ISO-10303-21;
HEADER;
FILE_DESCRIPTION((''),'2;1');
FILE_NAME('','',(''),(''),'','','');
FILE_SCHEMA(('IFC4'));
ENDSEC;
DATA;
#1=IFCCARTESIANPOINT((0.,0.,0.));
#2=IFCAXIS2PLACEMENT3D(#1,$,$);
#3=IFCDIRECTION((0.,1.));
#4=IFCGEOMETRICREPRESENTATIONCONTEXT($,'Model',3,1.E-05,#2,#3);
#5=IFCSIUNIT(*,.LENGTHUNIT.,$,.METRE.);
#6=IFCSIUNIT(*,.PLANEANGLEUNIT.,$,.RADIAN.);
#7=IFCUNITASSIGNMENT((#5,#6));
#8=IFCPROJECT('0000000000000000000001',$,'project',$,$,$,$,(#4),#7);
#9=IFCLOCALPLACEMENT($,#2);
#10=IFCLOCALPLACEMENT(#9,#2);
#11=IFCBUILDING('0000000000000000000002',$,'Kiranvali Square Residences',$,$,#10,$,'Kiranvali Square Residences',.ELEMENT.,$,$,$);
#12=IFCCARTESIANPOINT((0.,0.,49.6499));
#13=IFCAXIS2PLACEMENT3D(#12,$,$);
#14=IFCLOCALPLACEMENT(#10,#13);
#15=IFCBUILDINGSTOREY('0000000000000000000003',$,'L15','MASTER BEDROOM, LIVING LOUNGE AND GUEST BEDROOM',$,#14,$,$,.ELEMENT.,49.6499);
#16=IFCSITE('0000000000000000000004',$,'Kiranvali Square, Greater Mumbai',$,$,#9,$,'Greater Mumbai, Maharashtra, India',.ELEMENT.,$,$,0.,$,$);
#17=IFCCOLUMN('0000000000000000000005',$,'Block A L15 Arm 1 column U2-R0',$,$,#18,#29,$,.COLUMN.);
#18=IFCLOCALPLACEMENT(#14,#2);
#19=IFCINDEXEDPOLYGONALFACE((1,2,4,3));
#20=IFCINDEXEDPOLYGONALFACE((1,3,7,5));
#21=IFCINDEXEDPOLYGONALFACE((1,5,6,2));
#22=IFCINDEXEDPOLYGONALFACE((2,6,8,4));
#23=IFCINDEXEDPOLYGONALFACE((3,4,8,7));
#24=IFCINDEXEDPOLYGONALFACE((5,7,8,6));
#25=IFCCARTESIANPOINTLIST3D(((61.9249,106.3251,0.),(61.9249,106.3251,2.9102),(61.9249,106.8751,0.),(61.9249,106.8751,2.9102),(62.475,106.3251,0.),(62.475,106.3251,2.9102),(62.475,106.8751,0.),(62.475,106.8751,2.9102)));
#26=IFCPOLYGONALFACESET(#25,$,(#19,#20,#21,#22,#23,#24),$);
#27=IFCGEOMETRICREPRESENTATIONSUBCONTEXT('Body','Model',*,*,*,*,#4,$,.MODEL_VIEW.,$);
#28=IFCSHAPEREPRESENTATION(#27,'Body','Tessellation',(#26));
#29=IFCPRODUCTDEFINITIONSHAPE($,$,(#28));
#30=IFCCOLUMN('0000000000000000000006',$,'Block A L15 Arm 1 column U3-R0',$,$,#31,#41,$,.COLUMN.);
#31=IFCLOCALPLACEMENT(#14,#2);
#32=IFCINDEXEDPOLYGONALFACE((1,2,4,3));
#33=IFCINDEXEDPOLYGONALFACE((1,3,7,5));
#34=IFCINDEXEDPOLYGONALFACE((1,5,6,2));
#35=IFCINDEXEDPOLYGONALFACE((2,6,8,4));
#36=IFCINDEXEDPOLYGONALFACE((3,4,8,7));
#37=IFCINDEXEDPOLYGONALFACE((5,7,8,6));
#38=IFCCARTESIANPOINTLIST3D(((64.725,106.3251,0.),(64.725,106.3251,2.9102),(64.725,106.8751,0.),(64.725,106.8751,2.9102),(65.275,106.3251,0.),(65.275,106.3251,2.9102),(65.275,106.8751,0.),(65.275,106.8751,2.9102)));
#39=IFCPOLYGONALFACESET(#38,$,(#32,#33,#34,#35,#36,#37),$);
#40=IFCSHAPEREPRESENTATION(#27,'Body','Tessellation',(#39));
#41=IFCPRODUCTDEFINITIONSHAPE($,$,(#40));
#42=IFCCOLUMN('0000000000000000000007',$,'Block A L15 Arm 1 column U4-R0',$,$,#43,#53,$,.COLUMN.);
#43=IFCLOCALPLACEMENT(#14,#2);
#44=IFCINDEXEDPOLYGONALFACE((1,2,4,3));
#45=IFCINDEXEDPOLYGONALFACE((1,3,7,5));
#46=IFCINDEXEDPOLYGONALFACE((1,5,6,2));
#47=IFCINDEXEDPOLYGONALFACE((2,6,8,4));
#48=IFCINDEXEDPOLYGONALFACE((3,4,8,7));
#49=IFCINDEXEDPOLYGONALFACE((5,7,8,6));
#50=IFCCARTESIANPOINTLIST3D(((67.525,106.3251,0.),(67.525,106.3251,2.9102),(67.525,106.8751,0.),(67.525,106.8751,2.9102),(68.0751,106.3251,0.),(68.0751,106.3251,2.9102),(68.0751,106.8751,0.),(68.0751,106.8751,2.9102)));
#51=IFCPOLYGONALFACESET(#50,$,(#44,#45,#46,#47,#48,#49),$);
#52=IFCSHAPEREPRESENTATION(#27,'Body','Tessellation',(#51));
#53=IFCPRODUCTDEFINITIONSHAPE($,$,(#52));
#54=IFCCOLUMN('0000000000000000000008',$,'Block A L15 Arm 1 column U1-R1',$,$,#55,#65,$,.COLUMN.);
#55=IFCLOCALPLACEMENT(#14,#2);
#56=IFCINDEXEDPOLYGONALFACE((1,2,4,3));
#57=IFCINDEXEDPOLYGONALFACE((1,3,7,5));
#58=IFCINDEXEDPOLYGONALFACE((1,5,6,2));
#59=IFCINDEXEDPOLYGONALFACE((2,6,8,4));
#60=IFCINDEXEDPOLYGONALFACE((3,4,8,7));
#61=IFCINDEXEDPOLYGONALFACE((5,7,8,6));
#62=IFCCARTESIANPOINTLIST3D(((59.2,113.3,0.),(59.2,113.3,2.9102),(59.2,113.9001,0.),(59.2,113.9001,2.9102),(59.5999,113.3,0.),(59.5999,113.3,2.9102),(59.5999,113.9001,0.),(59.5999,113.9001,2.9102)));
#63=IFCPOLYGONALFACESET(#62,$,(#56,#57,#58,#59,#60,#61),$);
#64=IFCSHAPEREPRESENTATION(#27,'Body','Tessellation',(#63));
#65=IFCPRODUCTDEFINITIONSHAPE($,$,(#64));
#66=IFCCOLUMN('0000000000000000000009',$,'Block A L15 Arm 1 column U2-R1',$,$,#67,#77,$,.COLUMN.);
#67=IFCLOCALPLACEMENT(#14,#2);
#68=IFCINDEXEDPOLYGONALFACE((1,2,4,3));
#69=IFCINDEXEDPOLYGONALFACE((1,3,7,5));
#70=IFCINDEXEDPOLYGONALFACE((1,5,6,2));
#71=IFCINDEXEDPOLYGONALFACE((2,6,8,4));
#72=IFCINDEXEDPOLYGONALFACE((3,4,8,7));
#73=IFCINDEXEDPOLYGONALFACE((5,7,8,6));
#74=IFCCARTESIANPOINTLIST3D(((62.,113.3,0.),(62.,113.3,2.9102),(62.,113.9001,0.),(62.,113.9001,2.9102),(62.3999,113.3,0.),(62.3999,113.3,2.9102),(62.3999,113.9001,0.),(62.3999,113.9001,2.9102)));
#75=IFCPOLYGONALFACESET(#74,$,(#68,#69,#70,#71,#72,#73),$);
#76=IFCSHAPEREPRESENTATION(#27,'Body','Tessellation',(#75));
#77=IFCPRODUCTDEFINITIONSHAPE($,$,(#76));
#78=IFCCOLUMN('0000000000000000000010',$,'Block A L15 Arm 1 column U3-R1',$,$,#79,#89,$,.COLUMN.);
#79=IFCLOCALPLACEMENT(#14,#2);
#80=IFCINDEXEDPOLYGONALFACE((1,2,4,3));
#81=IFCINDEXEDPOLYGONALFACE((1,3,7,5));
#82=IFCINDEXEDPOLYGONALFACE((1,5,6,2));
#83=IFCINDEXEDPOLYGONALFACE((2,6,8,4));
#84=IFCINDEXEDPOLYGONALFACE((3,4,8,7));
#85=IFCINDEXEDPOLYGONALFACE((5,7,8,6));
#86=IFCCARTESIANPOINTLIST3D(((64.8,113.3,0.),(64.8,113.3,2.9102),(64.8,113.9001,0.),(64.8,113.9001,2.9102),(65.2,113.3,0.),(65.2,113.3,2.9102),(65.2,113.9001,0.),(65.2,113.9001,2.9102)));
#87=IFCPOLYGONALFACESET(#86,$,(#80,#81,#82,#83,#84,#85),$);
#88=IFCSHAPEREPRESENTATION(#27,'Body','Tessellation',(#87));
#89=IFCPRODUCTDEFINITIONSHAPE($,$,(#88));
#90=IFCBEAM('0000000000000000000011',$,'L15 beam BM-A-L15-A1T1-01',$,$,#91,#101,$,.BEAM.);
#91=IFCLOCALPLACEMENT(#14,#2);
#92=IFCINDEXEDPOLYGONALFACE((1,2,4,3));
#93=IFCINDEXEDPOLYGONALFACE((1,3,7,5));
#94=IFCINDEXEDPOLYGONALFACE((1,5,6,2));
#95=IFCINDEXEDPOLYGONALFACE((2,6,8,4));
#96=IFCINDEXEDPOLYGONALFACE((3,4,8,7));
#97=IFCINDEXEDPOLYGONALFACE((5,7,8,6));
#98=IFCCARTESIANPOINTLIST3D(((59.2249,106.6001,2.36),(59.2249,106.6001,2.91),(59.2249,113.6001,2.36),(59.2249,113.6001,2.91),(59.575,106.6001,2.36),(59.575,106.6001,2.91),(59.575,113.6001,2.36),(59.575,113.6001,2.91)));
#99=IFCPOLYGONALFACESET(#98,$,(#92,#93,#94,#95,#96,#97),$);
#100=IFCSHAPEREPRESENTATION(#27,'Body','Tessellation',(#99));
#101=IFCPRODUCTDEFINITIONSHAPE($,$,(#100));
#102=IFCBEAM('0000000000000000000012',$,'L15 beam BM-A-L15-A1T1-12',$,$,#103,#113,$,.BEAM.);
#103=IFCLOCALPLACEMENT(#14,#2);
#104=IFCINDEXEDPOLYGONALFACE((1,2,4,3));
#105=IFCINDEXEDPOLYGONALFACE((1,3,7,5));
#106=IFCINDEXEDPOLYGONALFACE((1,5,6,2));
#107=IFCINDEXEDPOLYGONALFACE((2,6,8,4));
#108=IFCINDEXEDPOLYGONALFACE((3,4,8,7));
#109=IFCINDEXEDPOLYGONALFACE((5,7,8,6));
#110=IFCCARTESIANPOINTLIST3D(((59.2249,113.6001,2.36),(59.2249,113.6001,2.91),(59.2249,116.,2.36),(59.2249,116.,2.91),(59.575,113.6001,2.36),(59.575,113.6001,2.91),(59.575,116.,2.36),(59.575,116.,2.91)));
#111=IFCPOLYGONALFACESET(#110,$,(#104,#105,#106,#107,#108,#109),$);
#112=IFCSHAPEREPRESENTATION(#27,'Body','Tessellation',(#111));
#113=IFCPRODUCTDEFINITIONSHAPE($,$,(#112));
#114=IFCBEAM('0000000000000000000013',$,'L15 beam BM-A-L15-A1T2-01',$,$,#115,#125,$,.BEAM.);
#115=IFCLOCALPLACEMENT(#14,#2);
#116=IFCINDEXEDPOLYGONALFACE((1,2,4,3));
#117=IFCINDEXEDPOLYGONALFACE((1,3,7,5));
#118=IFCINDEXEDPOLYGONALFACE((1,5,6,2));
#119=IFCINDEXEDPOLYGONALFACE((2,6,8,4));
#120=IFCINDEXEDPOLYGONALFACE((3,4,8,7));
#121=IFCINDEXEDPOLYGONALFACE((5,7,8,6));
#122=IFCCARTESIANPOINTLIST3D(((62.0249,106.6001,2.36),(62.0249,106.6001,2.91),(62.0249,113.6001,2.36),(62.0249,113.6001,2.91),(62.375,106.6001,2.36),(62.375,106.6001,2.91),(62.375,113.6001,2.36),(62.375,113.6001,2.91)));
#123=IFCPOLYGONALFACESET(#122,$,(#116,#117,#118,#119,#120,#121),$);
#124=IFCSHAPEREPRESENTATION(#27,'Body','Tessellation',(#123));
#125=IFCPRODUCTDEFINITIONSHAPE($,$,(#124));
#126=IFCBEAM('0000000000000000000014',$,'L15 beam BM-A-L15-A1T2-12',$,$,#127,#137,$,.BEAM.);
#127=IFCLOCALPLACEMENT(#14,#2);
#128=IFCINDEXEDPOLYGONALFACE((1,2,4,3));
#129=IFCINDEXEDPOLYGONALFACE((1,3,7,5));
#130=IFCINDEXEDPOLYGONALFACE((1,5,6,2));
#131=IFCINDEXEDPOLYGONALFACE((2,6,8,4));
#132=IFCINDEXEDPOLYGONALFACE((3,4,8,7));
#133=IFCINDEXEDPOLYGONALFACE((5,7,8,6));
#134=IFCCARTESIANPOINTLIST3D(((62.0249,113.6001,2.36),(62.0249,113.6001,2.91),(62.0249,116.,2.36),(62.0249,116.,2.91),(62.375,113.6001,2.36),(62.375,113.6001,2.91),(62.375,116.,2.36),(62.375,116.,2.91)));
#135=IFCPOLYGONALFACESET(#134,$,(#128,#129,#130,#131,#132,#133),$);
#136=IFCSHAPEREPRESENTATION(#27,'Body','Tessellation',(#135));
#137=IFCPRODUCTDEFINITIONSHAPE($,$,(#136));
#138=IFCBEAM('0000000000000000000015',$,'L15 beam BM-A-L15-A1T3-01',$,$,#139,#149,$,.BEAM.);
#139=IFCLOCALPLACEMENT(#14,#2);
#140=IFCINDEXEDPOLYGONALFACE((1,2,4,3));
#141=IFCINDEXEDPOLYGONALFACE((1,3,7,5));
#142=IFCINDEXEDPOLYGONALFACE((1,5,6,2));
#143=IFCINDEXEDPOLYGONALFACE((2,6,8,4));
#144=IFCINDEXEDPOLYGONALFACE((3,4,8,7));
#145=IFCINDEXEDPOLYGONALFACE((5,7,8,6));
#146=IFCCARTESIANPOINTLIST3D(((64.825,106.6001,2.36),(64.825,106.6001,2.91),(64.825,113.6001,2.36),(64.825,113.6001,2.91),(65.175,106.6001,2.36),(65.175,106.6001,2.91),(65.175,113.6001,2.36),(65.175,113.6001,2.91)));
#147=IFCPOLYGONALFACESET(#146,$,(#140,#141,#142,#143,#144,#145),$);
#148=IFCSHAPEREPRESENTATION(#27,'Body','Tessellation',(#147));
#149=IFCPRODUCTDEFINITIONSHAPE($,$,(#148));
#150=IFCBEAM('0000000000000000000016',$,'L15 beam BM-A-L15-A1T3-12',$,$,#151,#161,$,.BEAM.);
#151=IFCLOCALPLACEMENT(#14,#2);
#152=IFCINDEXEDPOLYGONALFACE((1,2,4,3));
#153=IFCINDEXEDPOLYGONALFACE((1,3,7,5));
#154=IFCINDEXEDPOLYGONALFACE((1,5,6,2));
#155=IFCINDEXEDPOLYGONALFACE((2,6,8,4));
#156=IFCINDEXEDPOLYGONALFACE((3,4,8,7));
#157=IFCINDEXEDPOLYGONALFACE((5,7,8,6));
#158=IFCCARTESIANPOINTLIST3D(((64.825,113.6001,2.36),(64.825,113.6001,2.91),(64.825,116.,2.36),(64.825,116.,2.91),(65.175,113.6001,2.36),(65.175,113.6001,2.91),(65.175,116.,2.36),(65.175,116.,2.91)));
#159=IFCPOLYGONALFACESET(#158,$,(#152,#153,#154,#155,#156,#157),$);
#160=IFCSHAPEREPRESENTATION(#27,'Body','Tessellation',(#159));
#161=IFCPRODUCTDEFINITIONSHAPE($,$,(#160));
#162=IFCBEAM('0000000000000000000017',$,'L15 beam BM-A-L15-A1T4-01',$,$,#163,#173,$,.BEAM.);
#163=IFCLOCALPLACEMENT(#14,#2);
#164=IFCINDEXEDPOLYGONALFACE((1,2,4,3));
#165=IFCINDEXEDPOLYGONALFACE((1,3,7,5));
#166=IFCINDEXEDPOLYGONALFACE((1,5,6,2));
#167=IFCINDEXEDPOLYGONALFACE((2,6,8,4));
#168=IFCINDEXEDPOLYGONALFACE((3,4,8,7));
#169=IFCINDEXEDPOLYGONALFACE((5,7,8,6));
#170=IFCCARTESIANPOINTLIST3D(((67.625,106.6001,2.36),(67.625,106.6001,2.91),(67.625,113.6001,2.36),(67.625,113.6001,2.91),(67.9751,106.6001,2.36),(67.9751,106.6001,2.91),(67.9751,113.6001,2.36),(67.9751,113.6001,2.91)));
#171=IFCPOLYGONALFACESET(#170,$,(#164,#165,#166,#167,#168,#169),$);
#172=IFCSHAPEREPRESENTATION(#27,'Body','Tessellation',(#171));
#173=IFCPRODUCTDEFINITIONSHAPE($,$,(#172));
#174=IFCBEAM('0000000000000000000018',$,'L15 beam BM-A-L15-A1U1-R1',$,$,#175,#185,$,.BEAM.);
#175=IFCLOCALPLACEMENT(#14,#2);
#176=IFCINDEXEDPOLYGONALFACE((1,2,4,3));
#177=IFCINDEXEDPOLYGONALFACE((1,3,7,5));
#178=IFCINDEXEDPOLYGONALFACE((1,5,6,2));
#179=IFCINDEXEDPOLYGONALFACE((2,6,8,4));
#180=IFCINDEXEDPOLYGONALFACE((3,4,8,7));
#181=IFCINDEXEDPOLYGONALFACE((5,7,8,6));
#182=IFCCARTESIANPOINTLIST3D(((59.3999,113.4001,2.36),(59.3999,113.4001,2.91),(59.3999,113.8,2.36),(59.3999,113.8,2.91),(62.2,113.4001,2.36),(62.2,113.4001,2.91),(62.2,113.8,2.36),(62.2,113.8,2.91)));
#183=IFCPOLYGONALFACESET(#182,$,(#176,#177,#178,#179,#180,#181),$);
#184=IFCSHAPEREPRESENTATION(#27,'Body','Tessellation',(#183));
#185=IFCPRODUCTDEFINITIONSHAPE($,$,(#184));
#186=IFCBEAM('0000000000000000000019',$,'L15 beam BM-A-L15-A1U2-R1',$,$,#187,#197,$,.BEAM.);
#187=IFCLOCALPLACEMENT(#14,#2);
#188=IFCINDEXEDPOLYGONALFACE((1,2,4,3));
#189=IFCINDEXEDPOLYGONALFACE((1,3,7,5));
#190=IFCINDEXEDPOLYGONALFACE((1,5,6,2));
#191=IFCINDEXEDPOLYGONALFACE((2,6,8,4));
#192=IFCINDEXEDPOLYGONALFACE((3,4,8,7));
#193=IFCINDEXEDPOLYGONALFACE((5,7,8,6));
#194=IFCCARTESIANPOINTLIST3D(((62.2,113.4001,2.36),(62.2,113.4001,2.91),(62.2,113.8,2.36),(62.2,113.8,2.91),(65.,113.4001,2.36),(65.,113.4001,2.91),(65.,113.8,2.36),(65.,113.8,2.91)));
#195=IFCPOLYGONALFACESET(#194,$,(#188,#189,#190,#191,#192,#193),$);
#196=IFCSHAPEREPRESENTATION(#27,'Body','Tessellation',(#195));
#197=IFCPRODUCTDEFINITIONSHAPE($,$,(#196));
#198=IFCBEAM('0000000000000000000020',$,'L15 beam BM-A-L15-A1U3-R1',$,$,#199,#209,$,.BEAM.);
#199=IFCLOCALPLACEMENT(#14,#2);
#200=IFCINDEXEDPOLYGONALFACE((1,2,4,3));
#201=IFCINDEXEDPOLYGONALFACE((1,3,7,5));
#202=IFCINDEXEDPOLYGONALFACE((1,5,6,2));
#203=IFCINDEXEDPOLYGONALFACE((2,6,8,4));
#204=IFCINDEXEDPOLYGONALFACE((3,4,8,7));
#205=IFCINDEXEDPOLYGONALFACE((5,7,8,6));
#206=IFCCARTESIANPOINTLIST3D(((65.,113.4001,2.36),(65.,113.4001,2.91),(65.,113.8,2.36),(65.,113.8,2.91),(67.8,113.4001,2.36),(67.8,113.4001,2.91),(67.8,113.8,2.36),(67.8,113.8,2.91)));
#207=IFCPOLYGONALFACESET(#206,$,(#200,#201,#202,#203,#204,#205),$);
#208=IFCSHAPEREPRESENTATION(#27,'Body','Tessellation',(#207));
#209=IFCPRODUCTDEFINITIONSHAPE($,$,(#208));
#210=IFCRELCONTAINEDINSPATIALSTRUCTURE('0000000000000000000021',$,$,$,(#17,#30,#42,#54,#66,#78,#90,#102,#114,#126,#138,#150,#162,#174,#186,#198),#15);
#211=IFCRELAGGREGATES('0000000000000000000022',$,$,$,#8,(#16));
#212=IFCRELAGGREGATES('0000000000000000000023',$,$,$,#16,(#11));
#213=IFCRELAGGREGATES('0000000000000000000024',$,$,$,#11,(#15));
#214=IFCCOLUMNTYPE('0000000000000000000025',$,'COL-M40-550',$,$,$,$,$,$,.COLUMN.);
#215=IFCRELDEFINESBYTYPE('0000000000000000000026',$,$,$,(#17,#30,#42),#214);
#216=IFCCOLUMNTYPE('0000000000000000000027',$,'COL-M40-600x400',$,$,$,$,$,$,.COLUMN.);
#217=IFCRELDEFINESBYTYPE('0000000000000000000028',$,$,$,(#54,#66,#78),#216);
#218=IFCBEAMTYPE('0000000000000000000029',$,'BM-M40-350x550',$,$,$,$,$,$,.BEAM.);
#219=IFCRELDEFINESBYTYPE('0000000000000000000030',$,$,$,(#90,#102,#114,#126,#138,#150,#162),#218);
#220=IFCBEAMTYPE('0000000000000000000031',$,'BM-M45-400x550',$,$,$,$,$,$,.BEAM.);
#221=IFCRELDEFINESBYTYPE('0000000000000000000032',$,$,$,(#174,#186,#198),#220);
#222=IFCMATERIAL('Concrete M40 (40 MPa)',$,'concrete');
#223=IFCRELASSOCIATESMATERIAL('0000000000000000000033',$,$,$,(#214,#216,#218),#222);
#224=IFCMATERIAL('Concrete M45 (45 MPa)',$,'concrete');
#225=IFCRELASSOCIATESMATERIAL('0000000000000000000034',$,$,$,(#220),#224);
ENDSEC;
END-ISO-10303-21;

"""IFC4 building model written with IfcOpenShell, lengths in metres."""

from ifc_helpers import new_model, si_unit, direction, frame, origin, origin_2d, place, context, subcontext, project, spatial, rectangle, extrude, material, material_profile, profile_set, type_object, element, save


model = new_model("IFC4")

# Units and contexts
model_context = context("Model", 3, precision=1e-05, world=origin(), true_north=direction((0.0, 1.0)))
body_context = subcontext(model_context, "Body", "Model", "MODEL_VIEW")
ifc_project = project(units=[si_unit("LENGTHUNIT", "METRE"), si_unit("PLANEANGLEUNIT", "RADIAN")], contexts=[model_context])

# Site, building, storey
site_placement = place(None, origin())
site = spatial("IfcSite", under=ifc_project, at=site_placement, Name="Kiranvali Square, Greater Mumbai", LongName="Greater Mumbai, Maharashtra, India", CompositionType="ELEMENT", RefElevation=0.0)
building_placement = place(site_placement, origin())
building = spatial("IfcBuilding", under=site, at=building_placement, Name="Kiranvali Square Residences", LongName="Kiranvali Square Residences", CompositionType="ELEMENT")
storey_placement = place(building_placement, frame((0.0, 0.0, 49.6499)))
storey = spatial("IfcBuildingStorey", under=building, at=storey_placement, Name="L15", Description="MASTER BEDROOM, LIVING LOUNGE AND GUEST BEDROOM", CompositionType="ELEMENT", Elevation=49.6499)

# Columns
ifc_material_1 = material(Name="Concrete M40 (40 MPa)", Category="concrete")
ifc_material_profile_1 = material_profile(ifc_material_1, rectangle(XDim=0.55, YDim=0.55, at=origin_2d()), Name="RC 550x550")
ifc_profile_set_1 = profile_set([ifc_material_profile_1], Name="Concrete M40 (40 MPa)")
column_type_1 = type_object("IfcColumnType", Name="COL-M40-550", PredefinedType="COLUMN", material=ifc_profile_set_1)
for number, where, z_axis, x_axis, name in (
    (1, (62.2, 106.6001, 0.0), (0.0, 0.0, 1.0), (1.0, 0.0, 0.0), "Block A L15 Arm 1 column U2-R0"),
    (2, (65.0, 106.6001, 0.0), (0.0, 0.0, 1.0), (1.0, 0.0, 0.0), "Block A L15 Arm 1 column U3-R0"),
    (3, (67.8, 106.6001, 0.0), (0.0, 0.0, 1.0), (1.0, 0.0, 0.0), "Block A L15 Arm 1 column U4-R0"),
):
    element("IfcColumn", number, at=place(storey_placement, frame(where, z_axis=z_axis, x_axis=x_axis)), inside=storey, type_object=column_type_1, Name=name, PredefinedType="COLUMN", context=body_context, shape_type="SweptSolid", body=[
        extrude(rectangle(XDim=0.55, YDim=0.55, at=origin_2d()), origin(), (0.0, 0.0, 1.0), 2.9102),
    ])
ifc_material_profile_2 = material_profile(ifc_material_1, rectangle(XDim=0.3999, YDim=0.6001, at=origin_2d()), Name="RC 600x400")
ifc_profile_set_2 = profile_set([ifc_material_profile_2], Name="Concrete M40 (40 MPa)")
column_type_2 = type_object("IfcColumnType", Name="COL-M40-600x400", PredefinedType="COLUMN", material=ifc_profile_set_2)
for number, where, z_axis, x_axis, name in (
    (4, (59.3999, 113.6001, 0.0), (0.0, 0.0, 1.0), (1.0, 0.0, 0.0), "Block A L15 Arm 1 column U1-R1"),
    (5, (62.2, 113.6001, 0.0), (0.0, 0.0, 1.0), (1.0, 0.0, 0.0), "Block A L15 Arm 1 column U2-R1"),
    (6, (65.0, 113.6001, 0.0), (0.0, 0.0, 1.0), (1.0, 0.0, 0.0), "Block A L15 Arm 1 column U3-R1"),
):
    element("IfcColumn", number, at=place(storey_placement, frame(where, z_axis=z_axis, x_axis=x_axis)), inside=storey, type_object=column_type_2, Name=name, PredefinedType="COLUMN", context=body_context, shape_type="SweptSolid", body=[
        extrude(rectangle(XDim=0.3999, YDim=0.6001, at=origin_2d()), origin(), (0.0, 0.0, 1.0), 2.9102),
    ])

# Beams
ifc_material_profile_3 = material_profile(ifc_material_1, rectangle(XDim=0.3501, YDim=0.55, at=origin_2d()), Name="RC 350x550")
ifc_profile_set_3 = profile_set([ifc_material_profile_3], Name="Concrete M40 (40 MPa)")
beam_type_1 = type_object("IfcBeamType", Name="BM-M40-350x550", PredefinedType="BEAM", material=ifc_profile_set_3)
beam_1_placement = place(storey_placement, frame((59.3999, 106.6001, 2.635), z_axis=(0.0, 1.0, 0.0), x_axis=(-1.0, 0.0, 0.0)))
element("IfcBeam", 7, at=beam_1_placement, inside=storey, type_object=beam_type_1, Name="L15 beam BM-A-L15-A1T1-01", PredefinedType="BEAM", context=body_context, shape_type="SweptSolid", body=[
    extrude(rectangle(XDim=0.3501, YDim=0.55, at=origin_2d()), origin(), (0.0, 0.0, 1.0), 7.0),
])
beam_2_placement = place(storey_placement, frame((59.3999, 113.6001, 2.635), z_axis=(0.0, 1.0, 0.0), x_axis=(-1.0, 0.0, 0.0)))
element("IfcBeam", 8, at=beam_2_placement, inside=storey, type_object=beam_type_1, Name="L15 beam BM-A-L15-A1T1-12", PredefinedType="BEAM", context=body_context, shape_type="SweptSolid", body=[
    extrude(rectangle(XDim=0.3501, YDim=0.55, at=origin_2d()), origin(), (0.0, 0.0, 1.0), 2.3999),
])
beam_3_placement = place(storey_placement, frame((62.2, 106.6001, 2.635), z_axis=(0.0, 1.0, 0.0), x_axis=(-1.0, 0.0, 0.0)))
element("IfcBeam", 9, at=beam_3_placement, inside=storey, type_object=beam_type_1, Name="L15 beam BM-A-L15-A1T2-01", PredefinedType="BEAM", context=body_context, shape_type="SweptSolid", body=[
    extrude(rectangle(XDim=0.3501, YDim=0.55, at=origin_2d()), origin(), (0.0, 0.0, 1.0), 7.0),
])
beam_4_placement = place(storey_placement, frame((62.2, 113.6001, 2.635), z_axis=(0.0, 1.0, 0.0), x_axis=(-1.0, 0.0, 0.0)))
element("IfcBeam", 10, at=beam_4_placement, inside=storey, type_object=beam_type_1, Name="L15 beam BM-A-L15-A1T2-12", PredefinedType="BEAM", context=body_context, shape_type="SweptSolid", body=[
    extrude(rectangle(XDim=0.3501, YDim=0.55, at=origin_2d()), origin(), (0.0, 0.0, 1.0), 2.3999),
])
beam_5_placement = place(storey_placement, frame((65.0, 106.6001, 2.635), z_axis=(0.0, 1.0, 0.0), x_axis=(-1.0, 0.0, 0.0)))
element("IfcBeam", 11, at=beam_5_placement, inside=storey, type_object=beam_type_1, Name="L15 beam BM-A-L15-A1T3-01", PredefinedType="BEAM", context=body_context, shape_type="SweptSolid", body=[
    extrude(rectangle(XDim=0.3501, YDim=0.55, at=origin_2d()), origin(), (0.0, 0.0, 1.0), 7.0),
])
beam_6_placement = place(storey_placement, frame((65.0, 113.6001, 2.635), z_axis=(0.0, 1.0, 0.0), x_axis=(-1.0, 0.0, 0.0)))
element("IfcBeam", 12, at=beam_6_placement, inside=storey, type_object=beam_type_1, Name="L15 beam BM-A-L15-A1T3-12", PredefinedType="BEAM", context=body_context, shape_type="SweptSolid", body=[
    extrude(rectangle(XDim=0.3501, YDim=0.55, at=origin_2d()), origin(), (0.0, 0.0, 1.0), 2.3999),
])
beam_7_placement = place(storey_placement, frame((67.8, 106.6001, 2.635), z_axis=(0.0, 1.0, 0.0), x_axis=(-1.0, 0.0, 0.0)))
element("IfcBeam", 13, at=beam_7_placement, inside=storey, type_object=beam_type_1, Name="L15 beam BM-A-L15-A1T4-01", PredefinedType="BEAM", context=body_context, shape_type="SweptSolid", body=[
    extrude(rectangle(XDim=0.3501, YDim=0.55, at=origin_2d()), origin(), (0.0, 0.0, 1.0), 7.0),
])
ifc_material_2 = material(Name="Concrete M45 (45 MPa)", Category="concrete")
ifc_material_profile_4 = material_profile(ifc_material_2, rectangle(XDim=0.3999, YDim=0.55, at=origin_2d()), Name="RC 400x550")
ifc_profile_set_4 = profile_set([ifc_material_profile_4], Name="Concrete M45 (45 MPa)")
beam_type_2 = type_object("IfcBeamType", Name="BM-M45-400x550", PredefinedType="BEAM", material=ifc_profile_set_4)
for number, where, z_axis, x_axis, name in (
    (14, (59.3999, 113.6001, 2.635), (1.0, 0.0, 0.0), (0.0, 1.0, 0.0), "L15 beam BM-A-L15-A1U1-R1"),
    (15, (62.2, 113.6001, 2.635), (1.0, 0.0, 0.0), (0.0, 1.0, 0.0), "L15 beam BM-A-L15-A1U2-R1"),
    (16, (65.0, 113.6001, 2.635), (1.0, 0.0, 0.0), (0.0, 1.0, 0.0), "L15 beam BM-A-L15-A1U3-R1"),
):
    element("IfcBeam", number, at=place(storey_placement, frame(where, z_axis=z_axis, x_axis=x_axis)), inside=storey, type_object=beam_type_2, Name=name, PredefinedType="BEAM", context=body_context, shape_type="SweptSolid", body=[
        extrude(rectangle(XDim=0.3999, YDim=0.55, at=origin_2d()), origin(), (0.0, 0.0, 1.0), 2.8),
    ])

save(model, "model.ifc")
